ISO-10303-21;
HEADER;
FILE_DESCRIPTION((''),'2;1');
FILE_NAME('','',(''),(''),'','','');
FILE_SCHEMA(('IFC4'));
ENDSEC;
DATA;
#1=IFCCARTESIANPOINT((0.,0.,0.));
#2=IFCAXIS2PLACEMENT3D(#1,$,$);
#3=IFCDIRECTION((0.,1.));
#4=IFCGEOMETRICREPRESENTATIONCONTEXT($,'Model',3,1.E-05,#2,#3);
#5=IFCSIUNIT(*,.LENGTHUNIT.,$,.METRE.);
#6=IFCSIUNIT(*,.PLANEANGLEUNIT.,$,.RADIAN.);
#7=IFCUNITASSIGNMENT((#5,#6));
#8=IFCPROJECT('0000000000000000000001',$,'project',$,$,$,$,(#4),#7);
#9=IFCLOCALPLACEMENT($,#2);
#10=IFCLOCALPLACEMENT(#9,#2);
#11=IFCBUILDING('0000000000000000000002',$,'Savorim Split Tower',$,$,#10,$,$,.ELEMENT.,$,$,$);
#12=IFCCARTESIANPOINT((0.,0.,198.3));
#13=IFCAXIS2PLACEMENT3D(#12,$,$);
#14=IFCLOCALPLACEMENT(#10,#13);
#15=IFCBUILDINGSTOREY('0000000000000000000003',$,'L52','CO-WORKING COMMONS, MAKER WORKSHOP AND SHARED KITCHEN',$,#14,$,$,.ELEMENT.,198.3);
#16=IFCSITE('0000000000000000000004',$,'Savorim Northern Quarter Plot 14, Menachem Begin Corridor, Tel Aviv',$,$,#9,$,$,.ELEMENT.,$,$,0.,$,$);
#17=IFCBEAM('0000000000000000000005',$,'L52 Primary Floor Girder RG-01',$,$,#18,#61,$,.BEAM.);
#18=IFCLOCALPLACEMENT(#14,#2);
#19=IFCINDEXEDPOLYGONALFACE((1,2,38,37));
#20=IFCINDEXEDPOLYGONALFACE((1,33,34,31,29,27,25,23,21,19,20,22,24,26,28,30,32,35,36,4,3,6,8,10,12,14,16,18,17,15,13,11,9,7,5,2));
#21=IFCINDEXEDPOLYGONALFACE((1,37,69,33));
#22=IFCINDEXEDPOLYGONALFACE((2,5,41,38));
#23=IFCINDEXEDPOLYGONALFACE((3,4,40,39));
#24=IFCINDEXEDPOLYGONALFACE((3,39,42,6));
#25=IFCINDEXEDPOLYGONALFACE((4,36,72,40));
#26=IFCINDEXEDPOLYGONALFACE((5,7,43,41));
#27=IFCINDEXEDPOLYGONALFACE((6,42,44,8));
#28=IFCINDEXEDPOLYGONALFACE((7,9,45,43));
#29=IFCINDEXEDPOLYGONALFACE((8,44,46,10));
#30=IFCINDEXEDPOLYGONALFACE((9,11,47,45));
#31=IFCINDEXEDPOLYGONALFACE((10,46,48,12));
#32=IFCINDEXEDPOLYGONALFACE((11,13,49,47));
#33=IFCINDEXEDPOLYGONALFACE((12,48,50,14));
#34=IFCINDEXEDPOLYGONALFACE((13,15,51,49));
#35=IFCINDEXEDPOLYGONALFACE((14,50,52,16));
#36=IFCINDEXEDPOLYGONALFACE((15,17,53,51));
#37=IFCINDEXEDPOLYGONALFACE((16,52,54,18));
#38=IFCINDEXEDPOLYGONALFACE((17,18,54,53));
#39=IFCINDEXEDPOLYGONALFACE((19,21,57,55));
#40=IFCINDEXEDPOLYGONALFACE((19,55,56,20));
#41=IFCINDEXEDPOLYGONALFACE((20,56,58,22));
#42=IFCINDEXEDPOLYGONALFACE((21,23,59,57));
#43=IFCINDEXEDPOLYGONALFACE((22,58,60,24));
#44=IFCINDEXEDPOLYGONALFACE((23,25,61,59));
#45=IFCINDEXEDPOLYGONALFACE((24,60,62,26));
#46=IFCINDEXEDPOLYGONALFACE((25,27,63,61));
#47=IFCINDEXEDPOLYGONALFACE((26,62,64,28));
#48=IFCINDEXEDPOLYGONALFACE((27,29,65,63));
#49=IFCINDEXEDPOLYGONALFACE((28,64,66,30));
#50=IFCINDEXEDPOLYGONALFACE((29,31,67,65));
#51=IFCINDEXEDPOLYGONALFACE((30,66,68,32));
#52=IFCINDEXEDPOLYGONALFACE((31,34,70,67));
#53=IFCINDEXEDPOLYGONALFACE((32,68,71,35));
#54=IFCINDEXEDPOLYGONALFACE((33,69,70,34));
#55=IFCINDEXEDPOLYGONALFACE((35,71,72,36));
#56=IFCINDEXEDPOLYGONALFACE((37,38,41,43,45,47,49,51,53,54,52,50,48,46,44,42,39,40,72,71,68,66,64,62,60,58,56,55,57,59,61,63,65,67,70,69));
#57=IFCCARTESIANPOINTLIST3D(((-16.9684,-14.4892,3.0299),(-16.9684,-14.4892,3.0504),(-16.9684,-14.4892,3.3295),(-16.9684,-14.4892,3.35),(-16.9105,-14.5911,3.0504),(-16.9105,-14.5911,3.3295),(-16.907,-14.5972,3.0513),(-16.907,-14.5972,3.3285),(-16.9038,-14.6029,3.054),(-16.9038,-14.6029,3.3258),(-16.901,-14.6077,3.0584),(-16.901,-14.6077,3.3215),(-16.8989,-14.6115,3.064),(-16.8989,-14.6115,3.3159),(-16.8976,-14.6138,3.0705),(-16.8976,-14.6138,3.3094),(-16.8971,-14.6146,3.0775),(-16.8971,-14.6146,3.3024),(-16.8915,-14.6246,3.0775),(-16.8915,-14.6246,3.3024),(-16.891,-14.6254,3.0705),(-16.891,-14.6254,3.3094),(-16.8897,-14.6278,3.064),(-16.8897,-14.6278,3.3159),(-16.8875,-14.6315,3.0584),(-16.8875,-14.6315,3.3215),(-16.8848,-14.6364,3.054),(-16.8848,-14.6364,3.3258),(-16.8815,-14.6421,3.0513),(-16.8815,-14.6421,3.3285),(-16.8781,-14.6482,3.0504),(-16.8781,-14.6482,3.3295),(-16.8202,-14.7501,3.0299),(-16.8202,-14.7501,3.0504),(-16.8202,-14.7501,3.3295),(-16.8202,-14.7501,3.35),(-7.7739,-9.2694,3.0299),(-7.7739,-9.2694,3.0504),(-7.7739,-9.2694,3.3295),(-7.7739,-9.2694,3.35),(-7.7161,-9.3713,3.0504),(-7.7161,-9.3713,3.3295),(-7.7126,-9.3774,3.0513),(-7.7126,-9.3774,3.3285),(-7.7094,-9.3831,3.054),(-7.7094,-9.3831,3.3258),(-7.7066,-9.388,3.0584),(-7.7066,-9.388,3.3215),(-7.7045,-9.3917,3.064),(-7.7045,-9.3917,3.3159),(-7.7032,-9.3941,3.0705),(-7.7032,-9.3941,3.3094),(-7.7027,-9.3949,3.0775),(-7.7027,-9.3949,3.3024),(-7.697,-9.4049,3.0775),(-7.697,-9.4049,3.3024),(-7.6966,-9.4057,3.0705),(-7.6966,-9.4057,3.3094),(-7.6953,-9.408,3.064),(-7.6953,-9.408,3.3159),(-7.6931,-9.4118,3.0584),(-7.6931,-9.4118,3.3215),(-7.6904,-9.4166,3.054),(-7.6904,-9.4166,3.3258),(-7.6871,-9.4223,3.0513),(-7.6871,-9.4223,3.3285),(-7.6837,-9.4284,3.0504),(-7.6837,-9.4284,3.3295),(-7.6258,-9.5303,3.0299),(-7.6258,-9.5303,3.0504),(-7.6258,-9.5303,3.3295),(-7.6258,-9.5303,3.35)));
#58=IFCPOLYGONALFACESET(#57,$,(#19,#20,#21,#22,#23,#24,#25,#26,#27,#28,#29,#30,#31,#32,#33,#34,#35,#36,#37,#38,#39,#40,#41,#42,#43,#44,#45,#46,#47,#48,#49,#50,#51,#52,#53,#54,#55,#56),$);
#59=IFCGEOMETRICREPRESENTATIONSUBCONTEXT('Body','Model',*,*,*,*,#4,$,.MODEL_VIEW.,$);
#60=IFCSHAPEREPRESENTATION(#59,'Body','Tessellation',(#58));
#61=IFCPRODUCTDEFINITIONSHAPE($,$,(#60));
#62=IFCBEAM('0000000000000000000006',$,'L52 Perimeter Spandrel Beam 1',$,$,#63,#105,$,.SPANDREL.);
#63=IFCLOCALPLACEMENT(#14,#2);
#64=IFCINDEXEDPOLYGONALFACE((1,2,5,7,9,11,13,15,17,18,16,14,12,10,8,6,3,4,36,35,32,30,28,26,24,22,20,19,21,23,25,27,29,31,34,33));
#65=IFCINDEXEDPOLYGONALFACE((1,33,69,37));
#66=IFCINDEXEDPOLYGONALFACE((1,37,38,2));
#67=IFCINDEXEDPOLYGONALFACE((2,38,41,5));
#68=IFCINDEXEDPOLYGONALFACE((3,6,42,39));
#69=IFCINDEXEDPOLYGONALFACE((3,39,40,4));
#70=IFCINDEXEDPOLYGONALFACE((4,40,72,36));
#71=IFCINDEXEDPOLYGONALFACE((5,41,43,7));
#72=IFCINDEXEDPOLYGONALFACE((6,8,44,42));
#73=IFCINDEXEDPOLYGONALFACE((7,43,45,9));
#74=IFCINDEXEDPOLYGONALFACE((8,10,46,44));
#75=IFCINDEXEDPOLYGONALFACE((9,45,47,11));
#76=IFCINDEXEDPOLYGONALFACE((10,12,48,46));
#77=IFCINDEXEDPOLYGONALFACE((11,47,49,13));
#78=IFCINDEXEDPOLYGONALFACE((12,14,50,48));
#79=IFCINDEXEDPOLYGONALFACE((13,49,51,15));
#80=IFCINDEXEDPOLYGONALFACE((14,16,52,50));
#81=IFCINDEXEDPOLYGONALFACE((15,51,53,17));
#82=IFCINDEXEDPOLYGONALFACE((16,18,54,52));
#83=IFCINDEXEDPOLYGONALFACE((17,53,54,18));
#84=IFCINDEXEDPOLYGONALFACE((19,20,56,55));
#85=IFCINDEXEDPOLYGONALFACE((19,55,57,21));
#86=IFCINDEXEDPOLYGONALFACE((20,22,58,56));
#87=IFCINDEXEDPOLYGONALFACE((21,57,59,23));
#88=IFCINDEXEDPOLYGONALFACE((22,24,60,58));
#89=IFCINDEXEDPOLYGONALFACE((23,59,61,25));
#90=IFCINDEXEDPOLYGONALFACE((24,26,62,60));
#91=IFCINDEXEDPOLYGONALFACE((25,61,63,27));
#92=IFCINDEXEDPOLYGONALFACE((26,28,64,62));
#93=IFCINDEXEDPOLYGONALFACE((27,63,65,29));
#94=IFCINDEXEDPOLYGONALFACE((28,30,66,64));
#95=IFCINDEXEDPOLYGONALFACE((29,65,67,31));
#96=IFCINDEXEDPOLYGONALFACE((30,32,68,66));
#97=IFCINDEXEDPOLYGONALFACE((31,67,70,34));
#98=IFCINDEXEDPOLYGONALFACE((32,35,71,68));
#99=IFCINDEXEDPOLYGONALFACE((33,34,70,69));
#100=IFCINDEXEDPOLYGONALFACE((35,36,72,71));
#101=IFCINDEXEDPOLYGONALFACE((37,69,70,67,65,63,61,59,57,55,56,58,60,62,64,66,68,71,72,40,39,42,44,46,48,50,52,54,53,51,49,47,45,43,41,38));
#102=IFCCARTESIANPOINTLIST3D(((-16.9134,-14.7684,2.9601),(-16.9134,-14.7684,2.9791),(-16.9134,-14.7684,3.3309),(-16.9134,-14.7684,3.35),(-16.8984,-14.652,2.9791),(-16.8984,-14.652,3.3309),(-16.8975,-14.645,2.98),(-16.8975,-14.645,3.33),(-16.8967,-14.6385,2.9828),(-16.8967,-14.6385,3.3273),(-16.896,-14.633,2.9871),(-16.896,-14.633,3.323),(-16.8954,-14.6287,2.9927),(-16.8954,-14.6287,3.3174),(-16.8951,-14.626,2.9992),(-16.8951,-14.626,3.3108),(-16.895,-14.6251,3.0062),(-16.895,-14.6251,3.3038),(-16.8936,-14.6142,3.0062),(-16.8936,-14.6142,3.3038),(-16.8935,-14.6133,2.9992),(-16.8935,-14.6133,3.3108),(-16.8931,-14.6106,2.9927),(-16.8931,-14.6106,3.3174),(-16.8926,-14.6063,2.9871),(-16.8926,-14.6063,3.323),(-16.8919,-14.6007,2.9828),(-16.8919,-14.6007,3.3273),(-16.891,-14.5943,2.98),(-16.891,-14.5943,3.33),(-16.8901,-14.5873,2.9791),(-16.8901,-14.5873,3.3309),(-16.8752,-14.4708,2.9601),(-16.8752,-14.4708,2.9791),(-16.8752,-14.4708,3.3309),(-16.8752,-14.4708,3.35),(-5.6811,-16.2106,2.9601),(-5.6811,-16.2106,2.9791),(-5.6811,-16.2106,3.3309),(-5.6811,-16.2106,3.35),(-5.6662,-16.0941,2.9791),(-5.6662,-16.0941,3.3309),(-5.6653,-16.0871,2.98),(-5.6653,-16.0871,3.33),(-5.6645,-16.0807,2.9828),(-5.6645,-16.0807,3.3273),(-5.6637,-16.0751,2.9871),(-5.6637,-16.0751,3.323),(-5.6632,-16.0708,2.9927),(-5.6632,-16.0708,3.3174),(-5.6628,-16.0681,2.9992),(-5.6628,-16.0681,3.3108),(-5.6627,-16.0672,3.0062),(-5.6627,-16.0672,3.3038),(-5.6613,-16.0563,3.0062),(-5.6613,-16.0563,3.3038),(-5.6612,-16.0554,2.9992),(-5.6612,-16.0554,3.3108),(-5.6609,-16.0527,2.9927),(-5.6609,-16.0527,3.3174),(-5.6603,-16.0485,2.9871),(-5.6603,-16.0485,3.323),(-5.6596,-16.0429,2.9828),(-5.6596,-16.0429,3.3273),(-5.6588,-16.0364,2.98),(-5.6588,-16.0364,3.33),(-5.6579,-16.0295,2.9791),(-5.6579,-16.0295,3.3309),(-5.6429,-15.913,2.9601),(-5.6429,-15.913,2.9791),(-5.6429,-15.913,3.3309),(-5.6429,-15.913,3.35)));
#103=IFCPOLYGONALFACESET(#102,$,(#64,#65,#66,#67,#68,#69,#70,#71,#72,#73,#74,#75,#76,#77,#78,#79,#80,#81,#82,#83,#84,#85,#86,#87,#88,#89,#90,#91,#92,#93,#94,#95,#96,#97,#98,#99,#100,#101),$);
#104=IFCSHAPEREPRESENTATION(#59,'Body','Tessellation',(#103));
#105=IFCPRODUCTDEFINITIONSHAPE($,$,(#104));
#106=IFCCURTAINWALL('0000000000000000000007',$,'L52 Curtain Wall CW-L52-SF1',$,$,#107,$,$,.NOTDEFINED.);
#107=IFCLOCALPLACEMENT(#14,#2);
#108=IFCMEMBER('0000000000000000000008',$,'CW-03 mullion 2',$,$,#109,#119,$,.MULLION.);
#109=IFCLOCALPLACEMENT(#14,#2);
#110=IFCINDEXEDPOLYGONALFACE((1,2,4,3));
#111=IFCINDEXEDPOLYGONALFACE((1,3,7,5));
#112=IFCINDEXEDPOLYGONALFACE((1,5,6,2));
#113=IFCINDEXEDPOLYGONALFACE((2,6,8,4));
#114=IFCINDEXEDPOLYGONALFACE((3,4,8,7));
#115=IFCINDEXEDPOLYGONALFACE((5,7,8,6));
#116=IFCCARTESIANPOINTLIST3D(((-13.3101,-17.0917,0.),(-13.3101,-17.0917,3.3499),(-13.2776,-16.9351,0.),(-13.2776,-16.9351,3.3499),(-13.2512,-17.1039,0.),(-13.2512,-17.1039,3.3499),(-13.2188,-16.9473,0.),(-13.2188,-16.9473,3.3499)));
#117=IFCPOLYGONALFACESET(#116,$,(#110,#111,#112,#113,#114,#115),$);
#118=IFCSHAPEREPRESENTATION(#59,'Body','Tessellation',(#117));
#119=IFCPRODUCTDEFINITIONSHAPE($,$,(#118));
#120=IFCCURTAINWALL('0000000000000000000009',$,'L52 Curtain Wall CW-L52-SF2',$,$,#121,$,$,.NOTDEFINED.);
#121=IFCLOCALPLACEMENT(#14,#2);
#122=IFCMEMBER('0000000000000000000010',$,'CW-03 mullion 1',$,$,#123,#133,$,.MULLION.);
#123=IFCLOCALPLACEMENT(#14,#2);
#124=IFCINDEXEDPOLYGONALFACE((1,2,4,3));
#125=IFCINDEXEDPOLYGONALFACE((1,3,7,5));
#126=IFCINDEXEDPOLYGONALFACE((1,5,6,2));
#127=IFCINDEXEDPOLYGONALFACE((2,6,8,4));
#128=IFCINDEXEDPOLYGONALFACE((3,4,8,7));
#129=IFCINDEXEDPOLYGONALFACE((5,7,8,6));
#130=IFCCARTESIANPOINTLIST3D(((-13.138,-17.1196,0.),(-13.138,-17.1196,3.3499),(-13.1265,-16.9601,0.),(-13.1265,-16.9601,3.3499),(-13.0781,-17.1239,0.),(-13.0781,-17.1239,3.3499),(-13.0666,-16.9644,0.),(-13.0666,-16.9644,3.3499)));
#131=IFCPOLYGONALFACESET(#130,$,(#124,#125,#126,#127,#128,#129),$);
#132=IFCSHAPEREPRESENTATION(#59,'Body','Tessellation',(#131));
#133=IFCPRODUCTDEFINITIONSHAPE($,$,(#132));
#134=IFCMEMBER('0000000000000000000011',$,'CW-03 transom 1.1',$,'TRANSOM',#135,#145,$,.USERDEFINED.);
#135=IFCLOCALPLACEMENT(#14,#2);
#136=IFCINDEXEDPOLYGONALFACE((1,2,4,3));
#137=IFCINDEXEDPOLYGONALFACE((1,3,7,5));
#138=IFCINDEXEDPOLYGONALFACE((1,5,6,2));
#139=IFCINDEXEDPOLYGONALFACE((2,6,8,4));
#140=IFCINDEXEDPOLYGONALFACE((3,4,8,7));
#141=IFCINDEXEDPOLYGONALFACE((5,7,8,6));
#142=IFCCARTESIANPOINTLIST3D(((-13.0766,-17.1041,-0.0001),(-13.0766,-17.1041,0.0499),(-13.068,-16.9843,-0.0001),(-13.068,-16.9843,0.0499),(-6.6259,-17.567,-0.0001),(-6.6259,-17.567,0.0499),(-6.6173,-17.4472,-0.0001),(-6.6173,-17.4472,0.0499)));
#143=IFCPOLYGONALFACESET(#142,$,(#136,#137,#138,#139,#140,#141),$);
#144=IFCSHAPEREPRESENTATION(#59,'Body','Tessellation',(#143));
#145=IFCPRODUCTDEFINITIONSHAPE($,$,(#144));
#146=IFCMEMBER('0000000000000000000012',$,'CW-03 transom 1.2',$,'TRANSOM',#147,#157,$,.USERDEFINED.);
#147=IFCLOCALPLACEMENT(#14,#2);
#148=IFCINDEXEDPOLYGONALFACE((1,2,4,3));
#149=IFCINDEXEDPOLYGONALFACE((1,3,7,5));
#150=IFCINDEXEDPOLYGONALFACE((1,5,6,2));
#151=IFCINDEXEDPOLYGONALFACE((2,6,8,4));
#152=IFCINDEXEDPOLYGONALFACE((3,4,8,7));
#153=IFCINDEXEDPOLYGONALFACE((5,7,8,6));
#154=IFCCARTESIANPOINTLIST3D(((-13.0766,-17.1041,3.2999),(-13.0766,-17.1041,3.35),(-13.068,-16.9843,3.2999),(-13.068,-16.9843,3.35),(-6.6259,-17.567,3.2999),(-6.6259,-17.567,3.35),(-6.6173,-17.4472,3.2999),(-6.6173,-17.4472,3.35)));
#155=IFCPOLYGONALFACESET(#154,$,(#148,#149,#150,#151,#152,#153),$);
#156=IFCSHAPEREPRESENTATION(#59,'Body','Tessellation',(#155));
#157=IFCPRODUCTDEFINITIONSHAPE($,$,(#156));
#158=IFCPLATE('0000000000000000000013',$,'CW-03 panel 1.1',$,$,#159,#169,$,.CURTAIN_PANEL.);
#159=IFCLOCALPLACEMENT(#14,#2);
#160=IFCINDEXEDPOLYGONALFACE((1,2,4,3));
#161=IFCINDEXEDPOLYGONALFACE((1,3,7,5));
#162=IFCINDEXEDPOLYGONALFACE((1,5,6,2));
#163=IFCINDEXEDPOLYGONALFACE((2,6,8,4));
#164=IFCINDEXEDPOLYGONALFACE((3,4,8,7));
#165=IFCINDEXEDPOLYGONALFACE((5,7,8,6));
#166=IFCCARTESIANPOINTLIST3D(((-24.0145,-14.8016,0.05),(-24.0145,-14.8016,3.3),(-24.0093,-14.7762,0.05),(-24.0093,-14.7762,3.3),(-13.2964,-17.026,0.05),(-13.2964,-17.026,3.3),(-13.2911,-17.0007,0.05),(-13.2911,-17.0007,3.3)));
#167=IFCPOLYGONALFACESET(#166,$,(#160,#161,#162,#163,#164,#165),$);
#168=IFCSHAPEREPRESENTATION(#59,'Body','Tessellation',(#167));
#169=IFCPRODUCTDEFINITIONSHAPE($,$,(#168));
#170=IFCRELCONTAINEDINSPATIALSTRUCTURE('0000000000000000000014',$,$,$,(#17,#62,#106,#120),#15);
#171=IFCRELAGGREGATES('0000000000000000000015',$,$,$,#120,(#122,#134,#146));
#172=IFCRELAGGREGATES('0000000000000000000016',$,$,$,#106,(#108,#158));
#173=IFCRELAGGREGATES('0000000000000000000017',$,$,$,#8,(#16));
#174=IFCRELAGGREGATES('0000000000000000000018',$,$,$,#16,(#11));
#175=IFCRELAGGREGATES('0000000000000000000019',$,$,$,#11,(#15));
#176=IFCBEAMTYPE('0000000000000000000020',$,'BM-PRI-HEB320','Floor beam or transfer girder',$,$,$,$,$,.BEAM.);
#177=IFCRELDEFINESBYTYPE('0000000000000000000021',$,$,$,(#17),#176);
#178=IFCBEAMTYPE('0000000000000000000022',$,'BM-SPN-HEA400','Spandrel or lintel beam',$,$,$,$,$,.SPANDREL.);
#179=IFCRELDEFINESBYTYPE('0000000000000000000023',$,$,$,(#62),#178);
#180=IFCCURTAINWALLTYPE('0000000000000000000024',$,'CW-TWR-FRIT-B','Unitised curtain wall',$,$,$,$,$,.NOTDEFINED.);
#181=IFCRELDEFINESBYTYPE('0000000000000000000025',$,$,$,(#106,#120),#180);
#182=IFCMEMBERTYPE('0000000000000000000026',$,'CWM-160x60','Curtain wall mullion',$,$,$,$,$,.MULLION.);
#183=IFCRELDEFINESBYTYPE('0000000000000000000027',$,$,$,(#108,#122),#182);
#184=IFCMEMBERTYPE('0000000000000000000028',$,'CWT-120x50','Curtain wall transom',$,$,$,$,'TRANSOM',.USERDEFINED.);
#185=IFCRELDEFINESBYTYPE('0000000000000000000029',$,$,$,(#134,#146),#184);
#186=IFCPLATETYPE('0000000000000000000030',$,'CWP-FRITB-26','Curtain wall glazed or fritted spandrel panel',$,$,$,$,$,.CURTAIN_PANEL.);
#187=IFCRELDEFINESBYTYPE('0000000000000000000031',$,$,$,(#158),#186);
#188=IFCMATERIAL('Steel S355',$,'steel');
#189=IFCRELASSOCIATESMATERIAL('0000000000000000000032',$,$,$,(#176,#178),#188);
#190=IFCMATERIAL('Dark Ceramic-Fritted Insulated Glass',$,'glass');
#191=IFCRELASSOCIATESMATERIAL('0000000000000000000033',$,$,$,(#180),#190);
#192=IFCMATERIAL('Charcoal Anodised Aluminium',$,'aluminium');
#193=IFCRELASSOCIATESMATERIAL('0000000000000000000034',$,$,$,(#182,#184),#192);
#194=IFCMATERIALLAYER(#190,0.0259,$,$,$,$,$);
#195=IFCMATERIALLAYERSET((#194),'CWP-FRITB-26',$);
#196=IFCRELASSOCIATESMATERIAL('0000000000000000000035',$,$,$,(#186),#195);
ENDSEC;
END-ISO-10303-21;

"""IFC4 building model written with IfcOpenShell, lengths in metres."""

from ifc_helpers import new_model, si_unit, direction, frame, origin, origin_2d, place, context, subcontext, project, spatial, rectangle, i_section, extrude, material, layer, layer_set, material_profile, profile_set, type_object, element, aggregate, save


model = new_model("IFC4")

# Units and contexts
model_context = context("Model", 3, precision=1e-05, world=origin(), true_north=direction((0.0, 1.0)))
body_context = subcontext(model_context, "Body", "Model", "MODEL_VIEW")
ifc_project = project(units=[si_unit("LENGTHUNIT", "METRE"), si_unit("PLANEANGLEUNIT", "RADIAN")], contexts=[model_context])

# Site, building, storey
site_placement = place(None, origin())
site = spatial("IfcSite", under=ifc_project, at=site_placement, Name="Savorim Northern Quarter Plot 14, Menachem Begin Corridor, Tel Aviv", CompositionType="ELEMENT", RefElevation=0.0)
building_placement = place(site_placement, origin())
building = spatial("IfcBuilding", under=site, at=building_placement, Name="Savorim Split Tower", CompositionType="ELEMENT")
storey_placement = place(building_placement, frame((0.0, 0.0, 198.3)))
storey = spatial("IfcBuildingStorey", under=building, at=storey_placement, Name="L52", Description="CO-WORKING COMMONS, MAKER WORKSHOP AND SHARED KITCHEN", CompositionType="ELEMENT", Elevation=198.3)

# Shared definitions
ifc_material_1 = material(Name="Steel S355", Category="steel")

# Beams
ifc_material_profile_1 = material_profile(ifc_material_1, i_section(OverallWidth=0.3, OverallDepth=0.3201, WebThickness=0.0115, FlangeThickness=0.0205, FilletRadius=0.0271, at=origin_2d()), Name="HEB 320")
ifc_profile_set_1 = profile_set([ifc_material_profile_1], Name="Steel S355")
beam_type_1 = type_object("IfcBeamType", Name="BM-PRI-HEB320", Description="Floor beam or transfer girder", PredefinedType="BEAM", material=ifc_profile_set_1)
beam_1_placement = place(storey_placement, frame((-16.8943, -14.6196, 3.1899), z_axis=(0.869632, 0.4937, 0.0), x_axis=(-0.4937, 0.869632, 0.0)))
element("IfcBeam", 1, at=beam_1_placement, inside=storey, type_object=beam_type_1, Name="L52 Primary Floor Girder RG-01", PredefinedType="BEAM", context=body_context, shape_type="SweptSolid", body=[
    extrude(i_section(OverallWidth=0.3, OverallDepth=0.3201, WebThickness=0.0115, FlangeThickness=0.0205, FilletRadius=0.0271, at=origin_2d()), origin(), (0.0, 0.0, 1.0), 10.5728),
])
ifc_material_profile_2 = material_profile(ifc_material_1, i_section(OverallWidth=0.3, OverallDepth=0.3899, WebThickness=0.011, FlangeThickness=0.019, FilletRadius=0.0271, at=origin_2d()), Name="HEA 400")
ifc_profile_set_2 = profile_set([ifc_material_profile_2], Name="Steel S355")
beam_type_2 = type_object("IfcBeamType", Name="BM-SPN-HEA400", Description="Spandrel or lintel beam", PredefinedType="SPANDREL", material=ifc_profile_set_2)
beam_2_placement = place(storey_placement, frame((-16.8943, -14.6196, 3.155), z_axis=(0.991858, -0.127348, 0.0), x_axis=(0.127348, 0.991858, 0.0)))
element("IfcBeam", 2, at=beam_2_placement, inside=storey, type_object=beam_type_2, Name="L52 Perimeter Spandrel Beam 1", PredefinedType="SPANDREL", context=body_context, shape_type="SweptSolid", body=[
    extrude(i_section(OverallWidth=0.3, OverallDepth=0.3899, WebThickness=0.011, FlangeThickness=0.019, FilletRadius=0.0271, at=origin_2d()), origin(), (0.0, 0.0, 1.0), 11.3245),
])

# Curtain wall, member
ifc_material_2 = material(Name="Dark Ceramic-Fritted Insulated Glass", Category="glass")
curtain_wall_type = type_object("IfcCurtainWallType", Name="CW-TWR-FRIT-B", Description="Unitised curtain wall", PredefinedType="NOTDEFINED", material=ifc_material_2)
curtain_wall_1_placement = place(storey_placement, origin())
curtain_wall_1 = element("IfcCurtainWall", 3, at=curtain_wall_1_placement, inside=storey, type_object=curtain_wall_type, Name="L52 Curtain Wall CW-L52-SF1", PredefinedType="NOTDEFINED")
ifc_material_3 = material(Name="Charcoal Anodised Aluminium", Category="aluminium")
ifc_material_profile_3 = material_profile(ifc_material_3, rectangle(XDim=0.1599, YDim=0.0601, at=origin_2d()), Name="ALU-M 160x60")
ifc_profile_set_3 = profile_set([ifc_material_profile_3], Name="Charcoal Anodised Aluminium")
member_type_1 = type_object("IfcMemberType", Name="CWM-160x60", Description="Curtain wall mullion", PredefinedType="MULLION", material=ifc_profile_set_3)
member_1_placement = place(storey_placement, frame((-13.2644, -17.0195, 0.0), z_axis=(0.0, 0.0, 1.0), x_axis=(0.203208, 0.979136, 0.0)))
member_1 = element("IfcMember", 4, at=member_1_placement, type_object=member_type_1, Name="CW-03 mullion 2", PredefinedType="MULLION", context=body_context, shape_type="SweptSolid", body=[
    extrude(rectangle(XDim=0.1599, YDim=0.0601, at=origin_2d()), origin(), (0.0, 0.0, 1.0), 3.3499),
])

# Curtain wall, members
curtain_wall_2_placement = place(storey_placement, origin())
curtain_wall_2 = element("IfcCurtainWall", 5, at=curtain_wall_2_placement, inside=storey, type_object=curtain_wall_type, Name="L52 Curtain Wall CW-L52-SF2", PredefinedType="NOTDEFINED")
member_2_placement = place(storey_placement, frame((-13.1023, -17.042, 0.0), z_axis=(0.0, 0.0, 1.0), x_axis=(0.071562, 0.997436, 0.0)))
member_2 = element("IfcMember", 6, at=member_2_placement, type_object=member_type_1, Name="CW-03 mullion 1", PredefinedType="MULLION", context=body_context, shape_type="SweptSolid", body=[
    extrude(rectangle(XDim=0.1599, YDim=0.0601, at=origin_2d()), origin(), (0.0, 0.0, 1.0), 3.3499),
])
ifc_material_profile_4 = material_profile(ifc_material_3, rectangle(XDim=0.1201, YDim=0.05, at=origin_2d()), Name="ALU-T 120x50")
ifc_profile_set_4 = profile_set([ifc_material_profile_4], Name="Charcoal Anodised Aluminium")
member_type_2 = type_object("IfcMemberType", Name="CWT-120x50", Description="Curtain wall transom", ElementType="TRANSOM", PredefinedType="USERDEFINED", material=ifc_profile_set_4)
member_3_placement = place(storey_placement, frame((-13.0723, -17.0442, 0.0249), z_axis=(0.997435, -0.071574, 0.0), x_axis=(0.071574, 0.997435, 0.0)))
member_3 = element("IfcMember", 7, at=member_3_placement, type_object=member_type_2, Name="CW-03 transom 1.1", ObjectType="TRANSOM", PredefinedType="USERDEFINED", context=body_context, shape_type="SweptSolid", body=[
    extrude(rectangle(XDim=0.1201, YDim=0.05, at=origin_2d()), origin(), (0.0, 0.0, 1.0), 6.4673),
])
member_4_placement = place(storey_placement, frame((-13.0723, -17.0442, 3.325), z_axis=(0.997435, -0.071574, 0.0), x_axis=(0.071574, 0.997435, 0.0)))
member_4 = element("IfcMember", 8, at=member_4_placement, type_object=member_type_2, Name="CW-03 transom 1.2", ObjectType="TRANSOM", PredefinedType="USERDEFINED", context=body_context, shape_type="SweptSolid", body=[
    extrude(rectangle(XDim=0.1201, YDim=0.05, at=origin_2d()), origin(), (0.0, 0.0, 1.0), 6.4673),
])
aggregate(curtain_wall_2, [member_2, member_3, member_4])

# Plate
ifc_layer_1 = layer(ifc_material_2, 0.0259)
ifc_layer_set_1 = layer_set([ifc_layer_1], Name="CWP-FRITB-26")
plate_type = type_object("IfcPlateType", Name="CWP-FRITB-26", Description="Curtain wall glazed or fritted spandrel panel", PredefinedType="CURTAIN_PANEL", material=ifc_layer_set_1)
plate_placement = place(storey_placement, frame((-18.6528, -15.9011, 0.05), z_axis=(0.0, 0.0, 1.0), x_axis=(0.979136, -0.203208, 0.0)))
plate = element("IfcPlate", 9, at=plate_placement, type_object=plate_type, Name="CW-03 panel 1.1", PredefinedType="CURTAIN_PANEL", context=body_context, shape_type="SweptSolid", body=[
    extrude(rectangle(XDim=10.9465, YDim=0.0259, at=origin_2d()), origin(), (0.0, 0.0, 1.0), 3.25),
])
aggregate(curtain_wall_1, [member_1, plate])

save(model, "model.ifc")
